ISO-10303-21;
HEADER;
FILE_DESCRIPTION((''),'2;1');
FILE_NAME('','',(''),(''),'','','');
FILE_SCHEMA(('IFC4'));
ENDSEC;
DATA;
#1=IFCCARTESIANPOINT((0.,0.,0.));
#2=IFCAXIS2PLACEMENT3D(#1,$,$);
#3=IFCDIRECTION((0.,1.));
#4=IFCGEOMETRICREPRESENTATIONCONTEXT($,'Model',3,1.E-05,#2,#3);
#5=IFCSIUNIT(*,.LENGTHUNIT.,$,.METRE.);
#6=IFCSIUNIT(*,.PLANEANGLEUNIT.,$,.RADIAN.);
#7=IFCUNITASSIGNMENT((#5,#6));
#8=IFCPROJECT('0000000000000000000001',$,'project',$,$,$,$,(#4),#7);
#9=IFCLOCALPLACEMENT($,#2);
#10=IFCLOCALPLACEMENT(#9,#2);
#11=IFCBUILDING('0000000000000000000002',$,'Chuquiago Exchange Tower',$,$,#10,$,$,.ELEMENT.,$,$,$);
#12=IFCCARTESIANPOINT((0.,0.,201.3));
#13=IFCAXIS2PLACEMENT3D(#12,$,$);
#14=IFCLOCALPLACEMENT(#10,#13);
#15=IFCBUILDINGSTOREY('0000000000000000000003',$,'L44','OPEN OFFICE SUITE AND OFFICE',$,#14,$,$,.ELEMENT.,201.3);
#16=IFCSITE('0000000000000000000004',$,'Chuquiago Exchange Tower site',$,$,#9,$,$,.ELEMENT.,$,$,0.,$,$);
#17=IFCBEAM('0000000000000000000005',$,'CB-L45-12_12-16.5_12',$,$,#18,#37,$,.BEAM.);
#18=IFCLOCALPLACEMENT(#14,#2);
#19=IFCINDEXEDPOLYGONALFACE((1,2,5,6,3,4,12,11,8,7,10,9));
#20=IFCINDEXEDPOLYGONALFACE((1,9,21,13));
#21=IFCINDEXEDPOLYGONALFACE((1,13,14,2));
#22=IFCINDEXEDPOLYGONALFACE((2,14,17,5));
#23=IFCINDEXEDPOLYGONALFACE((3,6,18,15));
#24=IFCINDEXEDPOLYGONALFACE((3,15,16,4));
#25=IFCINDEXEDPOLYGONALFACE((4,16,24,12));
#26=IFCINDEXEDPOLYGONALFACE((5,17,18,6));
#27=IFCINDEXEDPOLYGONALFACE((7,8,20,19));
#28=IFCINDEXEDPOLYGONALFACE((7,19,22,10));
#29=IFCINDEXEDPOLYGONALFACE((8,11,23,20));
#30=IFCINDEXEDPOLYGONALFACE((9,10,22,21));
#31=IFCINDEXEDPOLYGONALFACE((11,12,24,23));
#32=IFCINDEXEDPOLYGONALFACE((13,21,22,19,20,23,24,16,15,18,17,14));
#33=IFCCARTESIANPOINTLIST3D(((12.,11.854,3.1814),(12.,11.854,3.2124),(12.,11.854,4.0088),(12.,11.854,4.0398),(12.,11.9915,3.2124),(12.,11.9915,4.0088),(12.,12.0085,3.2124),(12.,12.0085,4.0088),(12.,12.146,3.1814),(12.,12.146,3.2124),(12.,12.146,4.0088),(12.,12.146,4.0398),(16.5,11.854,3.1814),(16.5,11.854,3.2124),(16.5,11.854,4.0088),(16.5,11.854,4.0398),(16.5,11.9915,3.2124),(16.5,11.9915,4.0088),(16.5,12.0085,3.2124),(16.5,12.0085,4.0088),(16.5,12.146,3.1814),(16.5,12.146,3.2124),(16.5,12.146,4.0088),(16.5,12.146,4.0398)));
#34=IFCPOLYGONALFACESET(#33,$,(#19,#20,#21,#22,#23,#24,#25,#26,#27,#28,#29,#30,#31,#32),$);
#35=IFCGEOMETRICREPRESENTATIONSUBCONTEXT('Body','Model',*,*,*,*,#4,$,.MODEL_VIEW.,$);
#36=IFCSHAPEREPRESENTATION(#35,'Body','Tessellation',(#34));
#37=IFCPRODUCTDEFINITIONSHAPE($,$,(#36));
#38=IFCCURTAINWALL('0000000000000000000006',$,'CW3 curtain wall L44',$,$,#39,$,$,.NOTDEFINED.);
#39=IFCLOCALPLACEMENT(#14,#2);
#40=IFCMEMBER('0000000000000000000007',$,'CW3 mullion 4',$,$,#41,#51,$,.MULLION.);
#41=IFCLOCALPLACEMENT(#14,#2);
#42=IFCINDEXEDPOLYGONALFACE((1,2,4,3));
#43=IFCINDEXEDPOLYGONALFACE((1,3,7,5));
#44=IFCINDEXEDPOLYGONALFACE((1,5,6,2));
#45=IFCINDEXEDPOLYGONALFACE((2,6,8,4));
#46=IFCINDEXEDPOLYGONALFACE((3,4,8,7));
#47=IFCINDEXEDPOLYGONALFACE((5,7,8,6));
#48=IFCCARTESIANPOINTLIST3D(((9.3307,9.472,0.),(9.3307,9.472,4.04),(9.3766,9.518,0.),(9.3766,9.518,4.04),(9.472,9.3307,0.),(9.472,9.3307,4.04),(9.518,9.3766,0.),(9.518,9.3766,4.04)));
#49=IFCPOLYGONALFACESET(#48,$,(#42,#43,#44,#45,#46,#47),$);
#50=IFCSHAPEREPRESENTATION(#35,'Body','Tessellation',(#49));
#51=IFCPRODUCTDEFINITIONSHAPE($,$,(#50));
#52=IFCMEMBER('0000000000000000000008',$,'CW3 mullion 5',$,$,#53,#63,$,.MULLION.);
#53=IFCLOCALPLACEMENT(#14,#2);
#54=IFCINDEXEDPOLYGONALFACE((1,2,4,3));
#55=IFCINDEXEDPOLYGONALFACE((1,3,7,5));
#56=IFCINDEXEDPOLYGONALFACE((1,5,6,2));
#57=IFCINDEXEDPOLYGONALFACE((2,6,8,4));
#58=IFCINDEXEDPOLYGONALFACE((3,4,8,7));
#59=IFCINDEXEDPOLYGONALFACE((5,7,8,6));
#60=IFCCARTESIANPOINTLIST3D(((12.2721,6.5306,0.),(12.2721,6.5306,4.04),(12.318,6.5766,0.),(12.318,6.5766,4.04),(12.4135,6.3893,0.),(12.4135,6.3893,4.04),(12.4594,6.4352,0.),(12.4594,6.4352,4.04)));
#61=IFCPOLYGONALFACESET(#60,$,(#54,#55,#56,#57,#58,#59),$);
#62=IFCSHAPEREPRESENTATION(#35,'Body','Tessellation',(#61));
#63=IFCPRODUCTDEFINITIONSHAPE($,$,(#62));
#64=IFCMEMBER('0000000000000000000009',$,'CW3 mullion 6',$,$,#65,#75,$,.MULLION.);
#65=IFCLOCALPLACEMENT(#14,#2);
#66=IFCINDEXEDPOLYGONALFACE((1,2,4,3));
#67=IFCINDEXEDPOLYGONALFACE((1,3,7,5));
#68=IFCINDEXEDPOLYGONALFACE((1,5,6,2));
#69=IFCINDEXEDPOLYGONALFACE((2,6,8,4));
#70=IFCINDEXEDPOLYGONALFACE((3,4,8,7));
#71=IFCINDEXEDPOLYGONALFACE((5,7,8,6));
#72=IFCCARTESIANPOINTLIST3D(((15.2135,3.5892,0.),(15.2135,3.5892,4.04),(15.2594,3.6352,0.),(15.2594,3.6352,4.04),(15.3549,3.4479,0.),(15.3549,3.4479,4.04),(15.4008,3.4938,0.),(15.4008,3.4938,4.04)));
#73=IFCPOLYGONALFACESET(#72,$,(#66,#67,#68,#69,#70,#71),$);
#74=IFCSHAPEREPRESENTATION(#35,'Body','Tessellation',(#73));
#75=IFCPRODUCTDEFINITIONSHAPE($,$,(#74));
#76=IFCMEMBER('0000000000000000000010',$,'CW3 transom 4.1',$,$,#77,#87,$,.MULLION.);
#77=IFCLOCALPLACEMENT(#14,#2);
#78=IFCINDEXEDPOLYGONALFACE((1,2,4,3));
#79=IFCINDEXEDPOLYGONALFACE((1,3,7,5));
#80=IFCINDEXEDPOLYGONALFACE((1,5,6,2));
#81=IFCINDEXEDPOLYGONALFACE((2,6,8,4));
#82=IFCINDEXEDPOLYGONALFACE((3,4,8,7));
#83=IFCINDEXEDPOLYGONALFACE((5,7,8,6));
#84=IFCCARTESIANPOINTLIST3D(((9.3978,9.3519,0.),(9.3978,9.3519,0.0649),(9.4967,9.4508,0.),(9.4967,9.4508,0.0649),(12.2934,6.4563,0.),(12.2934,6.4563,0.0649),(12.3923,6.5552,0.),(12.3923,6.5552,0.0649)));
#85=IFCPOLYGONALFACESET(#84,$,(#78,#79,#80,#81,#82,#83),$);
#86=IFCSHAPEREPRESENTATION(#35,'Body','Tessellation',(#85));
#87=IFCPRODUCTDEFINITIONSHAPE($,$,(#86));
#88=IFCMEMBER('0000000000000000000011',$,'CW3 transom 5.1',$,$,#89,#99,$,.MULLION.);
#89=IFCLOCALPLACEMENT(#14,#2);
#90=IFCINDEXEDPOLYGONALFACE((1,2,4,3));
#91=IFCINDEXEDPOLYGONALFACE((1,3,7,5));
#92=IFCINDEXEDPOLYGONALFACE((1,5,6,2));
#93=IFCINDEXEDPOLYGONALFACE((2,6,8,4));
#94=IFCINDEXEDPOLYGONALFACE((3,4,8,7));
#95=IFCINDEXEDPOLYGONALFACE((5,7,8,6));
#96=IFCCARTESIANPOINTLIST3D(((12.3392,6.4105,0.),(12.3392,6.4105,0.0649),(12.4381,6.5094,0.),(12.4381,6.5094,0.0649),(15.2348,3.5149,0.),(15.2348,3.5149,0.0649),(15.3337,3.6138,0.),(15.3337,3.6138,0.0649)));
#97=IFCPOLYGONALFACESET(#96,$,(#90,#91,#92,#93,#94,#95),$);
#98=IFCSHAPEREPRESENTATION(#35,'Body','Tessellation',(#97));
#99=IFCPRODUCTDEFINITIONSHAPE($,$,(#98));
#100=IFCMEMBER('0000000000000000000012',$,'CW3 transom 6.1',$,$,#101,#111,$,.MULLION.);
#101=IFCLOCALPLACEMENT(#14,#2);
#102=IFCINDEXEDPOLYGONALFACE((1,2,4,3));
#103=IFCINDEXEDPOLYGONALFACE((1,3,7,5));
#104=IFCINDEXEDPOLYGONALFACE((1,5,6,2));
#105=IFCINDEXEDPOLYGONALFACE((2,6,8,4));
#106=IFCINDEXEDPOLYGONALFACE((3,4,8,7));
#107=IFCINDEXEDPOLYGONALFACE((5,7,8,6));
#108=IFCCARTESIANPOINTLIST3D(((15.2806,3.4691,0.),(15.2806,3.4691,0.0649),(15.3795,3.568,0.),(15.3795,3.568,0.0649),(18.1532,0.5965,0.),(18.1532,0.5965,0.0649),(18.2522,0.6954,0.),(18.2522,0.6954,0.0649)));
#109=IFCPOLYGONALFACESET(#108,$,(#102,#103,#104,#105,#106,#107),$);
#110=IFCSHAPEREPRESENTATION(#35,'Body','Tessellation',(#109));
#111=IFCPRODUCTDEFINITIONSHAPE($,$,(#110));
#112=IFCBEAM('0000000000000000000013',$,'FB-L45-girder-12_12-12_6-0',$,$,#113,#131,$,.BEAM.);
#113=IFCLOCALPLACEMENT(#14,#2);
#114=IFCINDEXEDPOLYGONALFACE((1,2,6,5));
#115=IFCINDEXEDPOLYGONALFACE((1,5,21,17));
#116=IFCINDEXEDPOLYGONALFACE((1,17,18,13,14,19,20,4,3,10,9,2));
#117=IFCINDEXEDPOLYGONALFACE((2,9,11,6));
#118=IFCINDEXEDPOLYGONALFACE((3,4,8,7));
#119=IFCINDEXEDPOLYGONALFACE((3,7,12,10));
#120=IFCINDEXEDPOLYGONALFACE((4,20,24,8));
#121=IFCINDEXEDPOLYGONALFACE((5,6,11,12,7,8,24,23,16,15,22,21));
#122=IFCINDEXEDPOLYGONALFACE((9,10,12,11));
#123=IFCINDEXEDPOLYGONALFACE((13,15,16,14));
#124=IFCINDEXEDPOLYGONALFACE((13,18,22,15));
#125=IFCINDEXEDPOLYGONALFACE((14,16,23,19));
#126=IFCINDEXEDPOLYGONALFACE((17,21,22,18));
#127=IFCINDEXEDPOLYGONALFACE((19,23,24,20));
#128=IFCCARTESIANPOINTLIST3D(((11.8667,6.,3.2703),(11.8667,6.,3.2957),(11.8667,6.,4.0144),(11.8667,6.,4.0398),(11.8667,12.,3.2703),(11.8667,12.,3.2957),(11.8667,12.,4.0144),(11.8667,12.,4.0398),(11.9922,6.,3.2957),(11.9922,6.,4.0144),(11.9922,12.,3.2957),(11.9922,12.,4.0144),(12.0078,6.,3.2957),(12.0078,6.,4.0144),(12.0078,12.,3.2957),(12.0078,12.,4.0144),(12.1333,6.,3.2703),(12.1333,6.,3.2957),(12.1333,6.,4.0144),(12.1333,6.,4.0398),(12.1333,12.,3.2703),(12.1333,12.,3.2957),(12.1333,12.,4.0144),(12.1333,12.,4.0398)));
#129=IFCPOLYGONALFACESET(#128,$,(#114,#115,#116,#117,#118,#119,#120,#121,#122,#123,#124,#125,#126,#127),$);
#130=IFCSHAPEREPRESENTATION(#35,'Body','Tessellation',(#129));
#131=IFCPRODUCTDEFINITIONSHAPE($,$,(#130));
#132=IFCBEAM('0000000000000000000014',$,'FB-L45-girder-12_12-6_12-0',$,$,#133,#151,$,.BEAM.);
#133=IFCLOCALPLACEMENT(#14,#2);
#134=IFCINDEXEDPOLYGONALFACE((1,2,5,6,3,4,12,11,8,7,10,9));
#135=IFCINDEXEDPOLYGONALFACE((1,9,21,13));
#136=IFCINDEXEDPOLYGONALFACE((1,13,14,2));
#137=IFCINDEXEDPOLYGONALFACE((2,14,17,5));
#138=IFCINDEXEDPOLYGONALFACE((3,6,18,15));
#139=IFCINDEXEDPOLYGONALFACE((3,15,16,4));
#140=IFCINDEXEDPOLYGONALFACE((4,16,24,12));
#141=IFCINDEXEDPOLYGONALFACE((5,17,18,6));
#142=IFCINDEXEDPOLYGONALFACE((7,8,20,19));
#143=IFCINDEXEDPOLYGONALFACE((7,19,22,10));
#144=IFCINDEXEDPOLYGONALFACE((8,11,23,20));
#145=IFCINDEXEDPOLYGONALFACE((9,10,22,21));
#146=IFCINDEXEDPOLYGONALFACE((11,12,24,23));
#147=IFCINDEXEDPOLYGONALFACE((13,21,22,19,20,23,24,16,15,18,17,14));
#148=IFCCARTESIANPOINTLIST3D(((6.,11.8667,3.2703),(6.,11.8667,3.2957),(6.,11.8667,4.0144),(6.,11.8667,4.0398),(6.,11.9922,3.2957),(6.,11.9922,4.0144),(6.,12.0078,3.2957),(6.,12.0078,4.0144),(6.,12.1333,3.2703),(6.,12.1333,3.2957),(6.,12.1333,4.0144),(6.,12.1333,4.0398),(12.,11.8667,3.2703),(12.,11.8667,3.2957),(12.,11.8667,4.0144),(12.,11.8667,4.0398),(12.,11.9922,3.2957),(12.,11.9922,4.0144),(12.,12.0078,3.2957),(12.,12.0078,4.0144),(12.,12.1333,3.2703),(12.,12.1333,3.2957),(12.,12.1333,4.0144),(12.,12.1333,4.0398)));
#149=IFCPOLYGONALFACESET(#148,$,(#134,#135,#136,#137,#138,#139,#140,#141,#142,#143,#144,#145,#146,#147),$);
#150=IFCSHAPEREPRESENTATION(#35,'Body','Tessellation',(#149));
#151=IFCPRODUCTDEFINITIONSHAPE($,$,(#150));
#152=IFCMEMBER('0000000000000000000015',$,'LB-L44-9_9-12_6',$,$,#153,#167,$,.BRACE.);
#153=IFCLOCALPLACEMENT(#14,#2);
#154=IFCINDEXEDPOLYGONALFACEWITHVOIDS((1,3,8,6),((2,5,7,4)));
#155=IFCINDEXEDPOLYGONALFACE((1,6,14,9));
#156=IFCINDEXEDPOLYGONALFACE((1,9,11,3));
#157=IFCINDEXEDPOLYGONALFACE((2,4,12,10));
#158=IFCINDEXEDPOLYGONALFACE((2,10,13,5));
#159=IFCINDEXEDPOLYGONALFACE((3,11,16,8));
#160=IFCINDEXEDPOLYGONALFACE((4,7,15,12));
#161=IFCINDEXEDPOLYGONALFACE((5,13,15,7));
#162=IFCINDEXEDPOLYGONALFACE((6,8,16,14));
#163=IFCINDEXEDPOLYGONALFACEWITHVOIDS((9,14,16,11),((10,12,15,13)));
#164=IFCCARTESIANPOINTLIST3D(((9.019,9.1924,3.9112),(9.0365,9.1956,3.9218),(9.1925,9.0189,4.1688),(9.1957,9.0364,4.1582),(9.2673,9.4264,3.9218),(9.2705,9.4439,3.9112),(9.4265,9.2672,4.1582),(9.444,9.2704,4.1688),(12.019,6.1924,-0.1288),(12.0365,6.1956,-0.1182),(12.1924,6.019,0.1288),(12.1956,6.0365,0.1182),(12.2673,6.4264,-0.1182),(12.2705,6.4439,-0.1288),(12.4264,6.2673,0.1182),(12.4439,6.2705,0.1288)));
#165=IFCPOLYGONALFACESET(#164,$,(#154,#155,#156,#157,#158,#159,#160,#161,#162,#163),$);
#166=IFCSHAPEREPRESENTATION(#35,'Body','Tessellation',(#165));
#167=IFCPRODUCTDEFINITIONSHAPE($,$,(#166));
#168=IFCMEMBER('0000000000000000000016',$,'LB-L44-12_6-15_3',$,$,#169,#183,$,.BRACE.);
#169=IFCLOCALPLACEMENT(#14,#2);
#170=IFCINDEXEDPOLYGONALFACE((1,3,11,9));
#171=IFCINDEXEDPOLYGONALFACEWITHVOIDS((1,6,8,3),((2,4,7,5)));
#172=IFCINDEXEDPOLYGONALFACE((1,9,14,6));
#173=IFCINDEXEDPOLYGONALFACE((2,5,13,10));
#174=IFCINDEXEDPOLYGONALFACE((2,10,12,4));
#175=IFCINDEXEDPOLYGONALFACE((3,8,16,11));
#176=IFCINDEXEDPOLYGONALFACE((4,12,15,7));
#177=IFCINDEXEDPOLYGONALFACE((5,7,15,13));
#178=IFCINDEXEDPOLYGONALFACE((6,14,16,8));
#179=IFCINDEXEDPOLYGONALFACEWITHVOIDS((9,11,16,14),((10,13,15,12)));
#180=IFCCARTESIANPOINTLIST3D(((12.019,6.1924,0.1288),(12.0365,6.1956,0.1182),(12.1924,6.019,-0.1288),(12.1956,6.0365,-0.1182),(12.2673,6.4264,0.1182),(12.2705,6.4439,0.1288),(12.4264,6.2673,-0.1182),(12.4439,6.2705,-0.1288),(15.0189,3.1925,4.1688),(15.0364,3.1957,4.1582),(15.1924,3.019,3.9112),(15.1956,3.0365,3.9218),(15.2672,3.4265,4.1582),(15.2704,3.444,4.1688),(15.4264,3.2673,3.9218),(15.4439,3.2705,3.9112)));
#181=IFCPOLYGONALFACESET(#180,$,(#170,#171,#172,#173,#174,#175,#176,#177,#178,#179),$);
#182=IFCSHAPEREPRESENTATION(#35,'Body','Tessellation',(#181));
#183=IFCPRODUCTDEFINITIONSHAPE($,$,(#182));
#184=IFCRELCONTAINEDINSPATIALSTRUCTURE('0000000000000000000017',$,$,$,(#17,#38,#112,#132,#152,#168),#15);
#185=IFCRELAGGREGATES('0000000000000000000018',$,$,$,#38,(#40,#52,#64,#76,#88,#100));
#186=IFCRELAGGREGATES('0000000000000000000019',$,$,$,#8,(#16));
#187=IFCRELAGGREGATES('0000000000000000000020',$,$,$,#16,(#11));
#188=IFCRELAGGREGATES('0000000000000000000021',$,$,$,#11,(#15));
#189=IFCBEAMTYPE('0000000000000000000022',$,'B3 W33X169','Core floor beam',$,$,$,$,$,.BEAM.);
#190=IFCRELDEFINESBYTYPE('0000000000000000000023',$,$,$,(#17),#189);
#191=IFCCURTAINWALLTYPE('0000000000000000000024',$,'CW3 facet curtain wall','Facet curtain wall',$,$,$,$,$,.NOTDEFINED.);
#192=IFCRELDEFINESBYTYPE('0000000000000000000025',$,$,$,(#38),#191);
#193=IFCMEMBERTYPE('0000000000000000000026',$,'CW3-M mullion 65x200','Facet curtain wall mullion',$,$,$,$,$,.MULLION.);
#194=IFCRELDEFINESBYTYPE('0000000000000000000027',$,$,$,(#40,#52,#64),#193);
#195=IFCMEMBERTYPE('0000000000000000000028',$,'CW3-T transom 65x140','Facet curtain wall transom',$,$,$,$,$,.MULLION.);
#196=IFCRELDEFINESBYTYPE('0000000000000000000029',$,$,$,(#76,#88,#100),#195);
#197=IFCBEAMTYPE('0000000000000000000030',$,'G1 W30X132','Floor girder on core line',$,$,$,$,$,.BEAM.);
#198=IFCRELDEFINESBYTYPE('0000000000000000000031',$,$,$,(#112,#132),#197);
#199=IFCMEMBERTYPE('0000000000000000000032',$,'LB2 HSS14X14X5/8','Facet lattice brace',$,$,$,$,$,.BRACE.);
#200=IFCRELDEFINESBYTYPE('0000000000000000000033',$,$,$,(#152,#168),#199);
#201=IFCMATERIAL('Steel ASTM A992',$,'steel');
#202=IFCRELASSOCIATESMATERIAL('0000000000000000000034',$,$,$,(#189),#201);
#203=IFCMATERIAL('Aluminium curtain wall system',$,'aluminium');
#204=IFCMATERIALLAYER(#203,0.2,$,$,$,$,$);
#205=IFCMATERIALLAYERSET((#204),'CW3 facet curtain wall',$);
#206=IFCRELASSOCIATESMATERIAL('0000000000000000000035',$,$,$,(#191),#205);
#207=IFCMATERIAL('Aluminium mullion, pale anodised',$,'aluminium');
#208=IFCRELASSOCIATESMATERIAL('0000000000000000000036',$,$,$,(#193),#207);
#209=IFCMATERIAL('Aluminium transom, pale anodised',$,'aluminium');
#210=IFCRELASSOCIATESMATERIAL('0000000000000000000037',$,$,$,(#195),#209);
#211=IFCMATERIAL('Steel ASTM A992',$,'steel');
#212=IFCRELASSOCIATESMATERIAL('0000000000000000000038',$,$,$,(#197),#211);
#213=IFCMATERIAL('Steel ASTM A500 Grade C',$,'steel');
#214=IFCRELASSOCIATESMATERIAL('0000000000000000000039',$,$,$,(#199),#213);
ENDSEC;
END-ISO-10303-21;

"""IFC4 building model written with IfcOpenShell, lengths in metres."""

from ifc_helpers import new_model, si_unit, direction, frame, origin, origin_2d, place, context, subcontext, project, spatial, rectangle, hollow_rectangle, i_section, extrude, material, layer, layer_set, material_profile, profile_set, type_object, element, aggregate, save


model = new_model("IFC4")

# Units and contexts
model_context = context("Model", 3, precision=1e-05, world=origin(), true_north=direction((0.0, 1.0)))
body_context = subcontext(model_context, "Body", "Model", "MODEL_VIEW")
ifc_project = project(units=[si_unit("LENGTHUNIT", "METRE"), si_unit("PLANEANGLEUNIT", "RADIAN")], contexts=[model_context])

# Site, building, storey
site_placement = place(None, origin())
site = spatial("IfcSite", under=ifc_project, at=site_placement, Name="Chuquiago Exchange Tower site", CompositionType="ELEMENT", RefElevation=0.0)
building_placement = place(site_placement, origin())
building = spatial("IfcBuilding", under=site, at=building_placement, Name="Chuquiago Exchange Tower", CompositionType="ELEMENT")
storey_placement = place(building_placement, frame((0.0, 0.0, 201.3)))
storey = spatial("IfcBuildingStorey", under=building, at=storey_placement, Name="L44", Description="OPEN OFFICE SUITE AND OFFICE", CompositionType="ELEMENT", Elevation=201.3)

# Beam
ifc_material_1 = material(Name="Steel ASTM A992", Category="steel")
ifc_material_profile_1 = material_profile(ifc_material_1, i_section(OverallWidth=0.292, OverallDepth=0.8584, WebThickness=0.0171, FlangeThickness=0.031, at=origin_2d()), Name="W33X169")
ifc_profile_set_1 = profile_set([ifc_material_profile_1], Name="Steel ASTM A992")
beam_type_1 = type_object("IfcBeamType", Name="B3 W33X169", Description="Core floor beam", PredefinedType="BEAM", material=ifc_profile_set_1)
beam_1_placement = place(storey_placement, frame((12.0, 12.0, 3.6106), z_axis=(1.0, 0.0, 0.0), x_axis=(0.0, 1.0, 0.0)))
element("IfcBeam", 1, at=beam_1_placement, inside=storey, type_object=beam_type_1, Name="CB-L45-12_12-16.5_12", PredefinedType="BEAM", context=body_context, shape_type="SweptSolid", body=[
    extrude(i_section(OverallWidth=0.292, OverallDepth=0.8584, WebThickness=0.0171, FlangeThickness=0.031, at=origin_2d()), origin(), (0.0, 0.0, 1.0), 4.5),
])

# Curtain wall, members
ifc_material_2 = material(Name="Aluminium curtain wall system", Category="aluminium")
ifc_layer_1 = layer(ifc_material_2, 0.2)
ifc_layer_set_1 = layer_set([ifc_layer_1], Name="CW3 facet curtain wall")
curtain_wall_type = type_object("IfcCurtainWallType", Name="CW3 facet curtain wall", Description="Facet curtain wall", PredefinedType="NOTDEFINED", material=ifc_layer_set_1)
curtain_wall_placement = place(storey_placement, origin())
curtain_wall = element("IfcCurtainWall", 2, at=curtain_wall_placement, inside=storey, type_object=curtain_wall_type, Name="CW3 curtain wall L44", PredefinedType="NOTDEFINED")
ifc_material_3 = material(Name="Aluminium mullion, pale anodised", Category="aluminium")
ifc_material_profile_2 = material_profile(ifc_material_3, rectangle(XDim=0.0649, YDim=0.2, at=origin_2d()), Name="AL 65x200")
ifc_profile_set_2 = profile_set([ifc_material_profile_2], Name="Aluminium mullion, pale anodised")
member_type_1 = type_object("IfcMemberType", Name="CW3-M mullion 65x200", Description="Facet curtain wall mullion", PredefinedType="MULLION", material=ifc_profile_set_2)
member_1_placement = place(storey_placement, frame((9.4243, 9.4243, 0.0), z_axis=(0.0, 0.0, 1.0), x_axis=(0.707107, 0.707107, 0.0)))
member_1 = element("IfcMember", 3, at=member_1_placement, type_object=member_type_1, Name="CW3 mullion 4", PredefinedType="MULLION", context=body_context, shape_type="SweptSolid", body=[
    extrude(rectangle(XDim=0.0649, YDim=0.2, at=origin_2d()), origin(), (0.0, 0.0, 1.0), 4.04),
])
member_2_placement = place(storey_placement, frame((12.3657, 6.4829, 0.0), z_axis=(0.0, 0.0, 1.0), x_axis=(0.707107, 0.707107, 0.0)))
member_2 = element("IfcMember", 4, at=member_2_placement, type_object=member_type_1, Name="CW3 mullion 5", PredefinedType="MULLION", context=body_context, shape_type="SweptSolid", body=[
    extrude(rectangle(XDim=0.0649, YDim=0.2, at=origin_2d()), origin(), (0.0, 0.0, 1.0), 4.04),
])
member_3_placement = place(storey_placement, frame((15.3071, 3.5415, 0.0), z_axis=(0.0, 0.0, 1.0), x_axis=(0.707107, 0.707107, 0.0)))
member_3 = element("IfcMember", 5, at=member_3_placement, type_object=member_type_1, Name="CW3 mullion 6", PredefinedType="MULLION", context=body_context, shape_type="SweptSolid", body=[
    extrude(rectangle(XDim=0.0649, YDim=0.2, at=origin_2d()), origin(), (0.0, 0.0, 1.0), 4.04),
])
ifc_material_4 = material(Name="Aluminium transom, pale anodised", Category="aluminium")
ifc_material_profile_3 = material_profile(ifc_material_4, rectangle(XDim=0.1399, YDim=0.0649, at=origin_2d()), Name="AL 140x65")
ifc_profile_set_3 = profile_set([ifc_material_profile_3], Name="Aluminium transom, pale anodised")
member_type_2 = type_object("IfcMemberType", Name="CW3-T transom 65x140", Description="Facet curtain wall transom", PredefinedType="MULLION", material=ifc_profile_set_3)
member_4_placement = place(storey_placement, frame((9.4473, 9.4014, 0.0325), z_axis=(0.707107, -0.707107, 0.0), x_axis=(0.707107, 0.707107, 0.0)))
member_4 = element("IfcMember", 6, at=member_4_placement, type_object=member_type_2, Name="CW3 transom 4.1", PredefinedType="MULLION", context=body_context, shape_type="SweptSolid", body=[
    extrude(rectangle(XDim=0.1399, YDim=0.0649, at=origin_2d()), origin(), (0.0, 0.0, 1.0), 4.095),
])
member_5_placement = place(storey_placement, frame((12.3887, 6.46, 0.0325), z_axis=(0.707107, -0.707107, 0.0), x_axis=(0.707107, 0.707107, 0.0)))
member_5 = element("IfcMember", 7, at=member_5_placement, type_object=member_type_2, Name="CW3 transom 5.1", PredefinedType="MULLION", context=body_context, shape_type="SweptSolid", body=[
    extrude(rectangle(XDim=0.1399, YDim=0.0649, at=origin_2d()), origin(), (0.0, 0.0, 1.0), 4.095),
])
member_6_placement = place(storey_placement, frame((15.3301, 3.5186, 0.0325), z_axis=(0.707107, -0.707107, 0.0), x_axis=(0.707107, 0.707107, 0.0)))
member_6 = element("IfcMember", 8, at=member_6_placement, type_object=member_type_2, Name="CW3 transom 6.1", PredefinedType="MULLION", context=body_context, shape_type="SweptSolid", body=[
    extrude(rectangle(XDim=0.1399, YDim=0.0649, at=origin_2d()), origin(), (0.0, 0.0, 1.0), 4.0625),
])

# Beams
ifc_material_5 = material(Name="Steel ASTM A992", Category="steel")
ifc_material_profile_4 = material_profile(ifc_material_5, i_section(OverallWidth=0.2666, OverallDepth=0.7695, WebThickness=0.0156, FlangeThickness=0.0254, at=origin_2d()), Name="W30X132")
ifc_profile_set_4 = profile_set([ifc_material_profile_4], Name="Steel ASTM A992")
beam_type_2 = type_object("IfcBeamType", Name="G1 W30X132", Description="Floor girder on core line", PredefinedType="BEAM", material=ifc_profile_set_4)
for number, where, z_axis, x_axis, name in (
    (9, (12.0, 12.0, 3.655), (0.0, -1.0, 0.0), (1.0, 0.0, 0.0), "FB-L45-girder-12_12-12_6-0"),
    (10, (12.0, 12.0, 3.655), (-1.0, 0.0, 0.0), (0.0, -1.0, 0.0), "FB-L45-girder-12_12-6_12-0"),
):
    element("IfcBeam", number, at=place(storey_placement, frame(where, z_axis=z_axis, x_axis=x_axis)), inside=storey, type_object=beam_type_2, Name=name, PredefinedType="BEAM", context=body_context, shape_type="SweptSolid", body=[
        extrude(i_section(OverallWidth=0.2666, OverallDepth=0.7695, WebThickness=0.0156, FlangeThickness=0.0254, at=origin_2d()), origin(), (0.0, 0.0, 1.0), 6.0),
    ])

# Members
ifc_material_6 = material(Name="Steel ASTM A500 Grade C", Category="steel")
ifc_material_profile_5 = material_profile(ifc_material_6, hollow_rectangle(XDim=0.3557, YDim=0.3557, WallThickness=0.0146, at=origin_2d()), Name="HSS14X14X5/8")
ifc_profile_set_5 = profile_set([ifc_material_profile_5], Name="Steel ASTM A500 Grade C")
member_type_3 = type_object("IfcMemberType", Name="LB2 HSS14X14X5/8", Description="Facet lattice brace", PredefinedType="BRACE", material=ifc_profile_set_5)
for number, where, z_axis, x_axis, name in (
    (11, (12.2314, 6.2314, 0.0), (-0.512077, 0.512077, 0.689604), (-0.707107, -0.707107, 0.0), "LB-L44-9_9-12_6"),
    (12, (12.2314, 6.2314, 0.0), (0.512077, -0.512077, 0.689604), (0.707107, 0.707107, 0.0), "LB-L44-12_6-15_3"),
):
    element("IfcMember", number, at=place(storey_placement, frame(where, z_axis=z_axis, x_axis=x_axis)), inside=storey, type_object=member_type_3, Name=name, PredefinedType="BRACE", context=body_context, shape_type="SweptSolid", body=[
        extrude(hollow_rectangle(XDim=0.3557, YDim=0.3557, WallThickness=0.0146, at=origin_2d()), origin(), (0.0, 0.0, 1.0), 5.8584),
    ])

aggregate(curtain_wall, [member_1, member_2, member_3, member_4, member_5, member_6])

save(model, "model.ifc")
